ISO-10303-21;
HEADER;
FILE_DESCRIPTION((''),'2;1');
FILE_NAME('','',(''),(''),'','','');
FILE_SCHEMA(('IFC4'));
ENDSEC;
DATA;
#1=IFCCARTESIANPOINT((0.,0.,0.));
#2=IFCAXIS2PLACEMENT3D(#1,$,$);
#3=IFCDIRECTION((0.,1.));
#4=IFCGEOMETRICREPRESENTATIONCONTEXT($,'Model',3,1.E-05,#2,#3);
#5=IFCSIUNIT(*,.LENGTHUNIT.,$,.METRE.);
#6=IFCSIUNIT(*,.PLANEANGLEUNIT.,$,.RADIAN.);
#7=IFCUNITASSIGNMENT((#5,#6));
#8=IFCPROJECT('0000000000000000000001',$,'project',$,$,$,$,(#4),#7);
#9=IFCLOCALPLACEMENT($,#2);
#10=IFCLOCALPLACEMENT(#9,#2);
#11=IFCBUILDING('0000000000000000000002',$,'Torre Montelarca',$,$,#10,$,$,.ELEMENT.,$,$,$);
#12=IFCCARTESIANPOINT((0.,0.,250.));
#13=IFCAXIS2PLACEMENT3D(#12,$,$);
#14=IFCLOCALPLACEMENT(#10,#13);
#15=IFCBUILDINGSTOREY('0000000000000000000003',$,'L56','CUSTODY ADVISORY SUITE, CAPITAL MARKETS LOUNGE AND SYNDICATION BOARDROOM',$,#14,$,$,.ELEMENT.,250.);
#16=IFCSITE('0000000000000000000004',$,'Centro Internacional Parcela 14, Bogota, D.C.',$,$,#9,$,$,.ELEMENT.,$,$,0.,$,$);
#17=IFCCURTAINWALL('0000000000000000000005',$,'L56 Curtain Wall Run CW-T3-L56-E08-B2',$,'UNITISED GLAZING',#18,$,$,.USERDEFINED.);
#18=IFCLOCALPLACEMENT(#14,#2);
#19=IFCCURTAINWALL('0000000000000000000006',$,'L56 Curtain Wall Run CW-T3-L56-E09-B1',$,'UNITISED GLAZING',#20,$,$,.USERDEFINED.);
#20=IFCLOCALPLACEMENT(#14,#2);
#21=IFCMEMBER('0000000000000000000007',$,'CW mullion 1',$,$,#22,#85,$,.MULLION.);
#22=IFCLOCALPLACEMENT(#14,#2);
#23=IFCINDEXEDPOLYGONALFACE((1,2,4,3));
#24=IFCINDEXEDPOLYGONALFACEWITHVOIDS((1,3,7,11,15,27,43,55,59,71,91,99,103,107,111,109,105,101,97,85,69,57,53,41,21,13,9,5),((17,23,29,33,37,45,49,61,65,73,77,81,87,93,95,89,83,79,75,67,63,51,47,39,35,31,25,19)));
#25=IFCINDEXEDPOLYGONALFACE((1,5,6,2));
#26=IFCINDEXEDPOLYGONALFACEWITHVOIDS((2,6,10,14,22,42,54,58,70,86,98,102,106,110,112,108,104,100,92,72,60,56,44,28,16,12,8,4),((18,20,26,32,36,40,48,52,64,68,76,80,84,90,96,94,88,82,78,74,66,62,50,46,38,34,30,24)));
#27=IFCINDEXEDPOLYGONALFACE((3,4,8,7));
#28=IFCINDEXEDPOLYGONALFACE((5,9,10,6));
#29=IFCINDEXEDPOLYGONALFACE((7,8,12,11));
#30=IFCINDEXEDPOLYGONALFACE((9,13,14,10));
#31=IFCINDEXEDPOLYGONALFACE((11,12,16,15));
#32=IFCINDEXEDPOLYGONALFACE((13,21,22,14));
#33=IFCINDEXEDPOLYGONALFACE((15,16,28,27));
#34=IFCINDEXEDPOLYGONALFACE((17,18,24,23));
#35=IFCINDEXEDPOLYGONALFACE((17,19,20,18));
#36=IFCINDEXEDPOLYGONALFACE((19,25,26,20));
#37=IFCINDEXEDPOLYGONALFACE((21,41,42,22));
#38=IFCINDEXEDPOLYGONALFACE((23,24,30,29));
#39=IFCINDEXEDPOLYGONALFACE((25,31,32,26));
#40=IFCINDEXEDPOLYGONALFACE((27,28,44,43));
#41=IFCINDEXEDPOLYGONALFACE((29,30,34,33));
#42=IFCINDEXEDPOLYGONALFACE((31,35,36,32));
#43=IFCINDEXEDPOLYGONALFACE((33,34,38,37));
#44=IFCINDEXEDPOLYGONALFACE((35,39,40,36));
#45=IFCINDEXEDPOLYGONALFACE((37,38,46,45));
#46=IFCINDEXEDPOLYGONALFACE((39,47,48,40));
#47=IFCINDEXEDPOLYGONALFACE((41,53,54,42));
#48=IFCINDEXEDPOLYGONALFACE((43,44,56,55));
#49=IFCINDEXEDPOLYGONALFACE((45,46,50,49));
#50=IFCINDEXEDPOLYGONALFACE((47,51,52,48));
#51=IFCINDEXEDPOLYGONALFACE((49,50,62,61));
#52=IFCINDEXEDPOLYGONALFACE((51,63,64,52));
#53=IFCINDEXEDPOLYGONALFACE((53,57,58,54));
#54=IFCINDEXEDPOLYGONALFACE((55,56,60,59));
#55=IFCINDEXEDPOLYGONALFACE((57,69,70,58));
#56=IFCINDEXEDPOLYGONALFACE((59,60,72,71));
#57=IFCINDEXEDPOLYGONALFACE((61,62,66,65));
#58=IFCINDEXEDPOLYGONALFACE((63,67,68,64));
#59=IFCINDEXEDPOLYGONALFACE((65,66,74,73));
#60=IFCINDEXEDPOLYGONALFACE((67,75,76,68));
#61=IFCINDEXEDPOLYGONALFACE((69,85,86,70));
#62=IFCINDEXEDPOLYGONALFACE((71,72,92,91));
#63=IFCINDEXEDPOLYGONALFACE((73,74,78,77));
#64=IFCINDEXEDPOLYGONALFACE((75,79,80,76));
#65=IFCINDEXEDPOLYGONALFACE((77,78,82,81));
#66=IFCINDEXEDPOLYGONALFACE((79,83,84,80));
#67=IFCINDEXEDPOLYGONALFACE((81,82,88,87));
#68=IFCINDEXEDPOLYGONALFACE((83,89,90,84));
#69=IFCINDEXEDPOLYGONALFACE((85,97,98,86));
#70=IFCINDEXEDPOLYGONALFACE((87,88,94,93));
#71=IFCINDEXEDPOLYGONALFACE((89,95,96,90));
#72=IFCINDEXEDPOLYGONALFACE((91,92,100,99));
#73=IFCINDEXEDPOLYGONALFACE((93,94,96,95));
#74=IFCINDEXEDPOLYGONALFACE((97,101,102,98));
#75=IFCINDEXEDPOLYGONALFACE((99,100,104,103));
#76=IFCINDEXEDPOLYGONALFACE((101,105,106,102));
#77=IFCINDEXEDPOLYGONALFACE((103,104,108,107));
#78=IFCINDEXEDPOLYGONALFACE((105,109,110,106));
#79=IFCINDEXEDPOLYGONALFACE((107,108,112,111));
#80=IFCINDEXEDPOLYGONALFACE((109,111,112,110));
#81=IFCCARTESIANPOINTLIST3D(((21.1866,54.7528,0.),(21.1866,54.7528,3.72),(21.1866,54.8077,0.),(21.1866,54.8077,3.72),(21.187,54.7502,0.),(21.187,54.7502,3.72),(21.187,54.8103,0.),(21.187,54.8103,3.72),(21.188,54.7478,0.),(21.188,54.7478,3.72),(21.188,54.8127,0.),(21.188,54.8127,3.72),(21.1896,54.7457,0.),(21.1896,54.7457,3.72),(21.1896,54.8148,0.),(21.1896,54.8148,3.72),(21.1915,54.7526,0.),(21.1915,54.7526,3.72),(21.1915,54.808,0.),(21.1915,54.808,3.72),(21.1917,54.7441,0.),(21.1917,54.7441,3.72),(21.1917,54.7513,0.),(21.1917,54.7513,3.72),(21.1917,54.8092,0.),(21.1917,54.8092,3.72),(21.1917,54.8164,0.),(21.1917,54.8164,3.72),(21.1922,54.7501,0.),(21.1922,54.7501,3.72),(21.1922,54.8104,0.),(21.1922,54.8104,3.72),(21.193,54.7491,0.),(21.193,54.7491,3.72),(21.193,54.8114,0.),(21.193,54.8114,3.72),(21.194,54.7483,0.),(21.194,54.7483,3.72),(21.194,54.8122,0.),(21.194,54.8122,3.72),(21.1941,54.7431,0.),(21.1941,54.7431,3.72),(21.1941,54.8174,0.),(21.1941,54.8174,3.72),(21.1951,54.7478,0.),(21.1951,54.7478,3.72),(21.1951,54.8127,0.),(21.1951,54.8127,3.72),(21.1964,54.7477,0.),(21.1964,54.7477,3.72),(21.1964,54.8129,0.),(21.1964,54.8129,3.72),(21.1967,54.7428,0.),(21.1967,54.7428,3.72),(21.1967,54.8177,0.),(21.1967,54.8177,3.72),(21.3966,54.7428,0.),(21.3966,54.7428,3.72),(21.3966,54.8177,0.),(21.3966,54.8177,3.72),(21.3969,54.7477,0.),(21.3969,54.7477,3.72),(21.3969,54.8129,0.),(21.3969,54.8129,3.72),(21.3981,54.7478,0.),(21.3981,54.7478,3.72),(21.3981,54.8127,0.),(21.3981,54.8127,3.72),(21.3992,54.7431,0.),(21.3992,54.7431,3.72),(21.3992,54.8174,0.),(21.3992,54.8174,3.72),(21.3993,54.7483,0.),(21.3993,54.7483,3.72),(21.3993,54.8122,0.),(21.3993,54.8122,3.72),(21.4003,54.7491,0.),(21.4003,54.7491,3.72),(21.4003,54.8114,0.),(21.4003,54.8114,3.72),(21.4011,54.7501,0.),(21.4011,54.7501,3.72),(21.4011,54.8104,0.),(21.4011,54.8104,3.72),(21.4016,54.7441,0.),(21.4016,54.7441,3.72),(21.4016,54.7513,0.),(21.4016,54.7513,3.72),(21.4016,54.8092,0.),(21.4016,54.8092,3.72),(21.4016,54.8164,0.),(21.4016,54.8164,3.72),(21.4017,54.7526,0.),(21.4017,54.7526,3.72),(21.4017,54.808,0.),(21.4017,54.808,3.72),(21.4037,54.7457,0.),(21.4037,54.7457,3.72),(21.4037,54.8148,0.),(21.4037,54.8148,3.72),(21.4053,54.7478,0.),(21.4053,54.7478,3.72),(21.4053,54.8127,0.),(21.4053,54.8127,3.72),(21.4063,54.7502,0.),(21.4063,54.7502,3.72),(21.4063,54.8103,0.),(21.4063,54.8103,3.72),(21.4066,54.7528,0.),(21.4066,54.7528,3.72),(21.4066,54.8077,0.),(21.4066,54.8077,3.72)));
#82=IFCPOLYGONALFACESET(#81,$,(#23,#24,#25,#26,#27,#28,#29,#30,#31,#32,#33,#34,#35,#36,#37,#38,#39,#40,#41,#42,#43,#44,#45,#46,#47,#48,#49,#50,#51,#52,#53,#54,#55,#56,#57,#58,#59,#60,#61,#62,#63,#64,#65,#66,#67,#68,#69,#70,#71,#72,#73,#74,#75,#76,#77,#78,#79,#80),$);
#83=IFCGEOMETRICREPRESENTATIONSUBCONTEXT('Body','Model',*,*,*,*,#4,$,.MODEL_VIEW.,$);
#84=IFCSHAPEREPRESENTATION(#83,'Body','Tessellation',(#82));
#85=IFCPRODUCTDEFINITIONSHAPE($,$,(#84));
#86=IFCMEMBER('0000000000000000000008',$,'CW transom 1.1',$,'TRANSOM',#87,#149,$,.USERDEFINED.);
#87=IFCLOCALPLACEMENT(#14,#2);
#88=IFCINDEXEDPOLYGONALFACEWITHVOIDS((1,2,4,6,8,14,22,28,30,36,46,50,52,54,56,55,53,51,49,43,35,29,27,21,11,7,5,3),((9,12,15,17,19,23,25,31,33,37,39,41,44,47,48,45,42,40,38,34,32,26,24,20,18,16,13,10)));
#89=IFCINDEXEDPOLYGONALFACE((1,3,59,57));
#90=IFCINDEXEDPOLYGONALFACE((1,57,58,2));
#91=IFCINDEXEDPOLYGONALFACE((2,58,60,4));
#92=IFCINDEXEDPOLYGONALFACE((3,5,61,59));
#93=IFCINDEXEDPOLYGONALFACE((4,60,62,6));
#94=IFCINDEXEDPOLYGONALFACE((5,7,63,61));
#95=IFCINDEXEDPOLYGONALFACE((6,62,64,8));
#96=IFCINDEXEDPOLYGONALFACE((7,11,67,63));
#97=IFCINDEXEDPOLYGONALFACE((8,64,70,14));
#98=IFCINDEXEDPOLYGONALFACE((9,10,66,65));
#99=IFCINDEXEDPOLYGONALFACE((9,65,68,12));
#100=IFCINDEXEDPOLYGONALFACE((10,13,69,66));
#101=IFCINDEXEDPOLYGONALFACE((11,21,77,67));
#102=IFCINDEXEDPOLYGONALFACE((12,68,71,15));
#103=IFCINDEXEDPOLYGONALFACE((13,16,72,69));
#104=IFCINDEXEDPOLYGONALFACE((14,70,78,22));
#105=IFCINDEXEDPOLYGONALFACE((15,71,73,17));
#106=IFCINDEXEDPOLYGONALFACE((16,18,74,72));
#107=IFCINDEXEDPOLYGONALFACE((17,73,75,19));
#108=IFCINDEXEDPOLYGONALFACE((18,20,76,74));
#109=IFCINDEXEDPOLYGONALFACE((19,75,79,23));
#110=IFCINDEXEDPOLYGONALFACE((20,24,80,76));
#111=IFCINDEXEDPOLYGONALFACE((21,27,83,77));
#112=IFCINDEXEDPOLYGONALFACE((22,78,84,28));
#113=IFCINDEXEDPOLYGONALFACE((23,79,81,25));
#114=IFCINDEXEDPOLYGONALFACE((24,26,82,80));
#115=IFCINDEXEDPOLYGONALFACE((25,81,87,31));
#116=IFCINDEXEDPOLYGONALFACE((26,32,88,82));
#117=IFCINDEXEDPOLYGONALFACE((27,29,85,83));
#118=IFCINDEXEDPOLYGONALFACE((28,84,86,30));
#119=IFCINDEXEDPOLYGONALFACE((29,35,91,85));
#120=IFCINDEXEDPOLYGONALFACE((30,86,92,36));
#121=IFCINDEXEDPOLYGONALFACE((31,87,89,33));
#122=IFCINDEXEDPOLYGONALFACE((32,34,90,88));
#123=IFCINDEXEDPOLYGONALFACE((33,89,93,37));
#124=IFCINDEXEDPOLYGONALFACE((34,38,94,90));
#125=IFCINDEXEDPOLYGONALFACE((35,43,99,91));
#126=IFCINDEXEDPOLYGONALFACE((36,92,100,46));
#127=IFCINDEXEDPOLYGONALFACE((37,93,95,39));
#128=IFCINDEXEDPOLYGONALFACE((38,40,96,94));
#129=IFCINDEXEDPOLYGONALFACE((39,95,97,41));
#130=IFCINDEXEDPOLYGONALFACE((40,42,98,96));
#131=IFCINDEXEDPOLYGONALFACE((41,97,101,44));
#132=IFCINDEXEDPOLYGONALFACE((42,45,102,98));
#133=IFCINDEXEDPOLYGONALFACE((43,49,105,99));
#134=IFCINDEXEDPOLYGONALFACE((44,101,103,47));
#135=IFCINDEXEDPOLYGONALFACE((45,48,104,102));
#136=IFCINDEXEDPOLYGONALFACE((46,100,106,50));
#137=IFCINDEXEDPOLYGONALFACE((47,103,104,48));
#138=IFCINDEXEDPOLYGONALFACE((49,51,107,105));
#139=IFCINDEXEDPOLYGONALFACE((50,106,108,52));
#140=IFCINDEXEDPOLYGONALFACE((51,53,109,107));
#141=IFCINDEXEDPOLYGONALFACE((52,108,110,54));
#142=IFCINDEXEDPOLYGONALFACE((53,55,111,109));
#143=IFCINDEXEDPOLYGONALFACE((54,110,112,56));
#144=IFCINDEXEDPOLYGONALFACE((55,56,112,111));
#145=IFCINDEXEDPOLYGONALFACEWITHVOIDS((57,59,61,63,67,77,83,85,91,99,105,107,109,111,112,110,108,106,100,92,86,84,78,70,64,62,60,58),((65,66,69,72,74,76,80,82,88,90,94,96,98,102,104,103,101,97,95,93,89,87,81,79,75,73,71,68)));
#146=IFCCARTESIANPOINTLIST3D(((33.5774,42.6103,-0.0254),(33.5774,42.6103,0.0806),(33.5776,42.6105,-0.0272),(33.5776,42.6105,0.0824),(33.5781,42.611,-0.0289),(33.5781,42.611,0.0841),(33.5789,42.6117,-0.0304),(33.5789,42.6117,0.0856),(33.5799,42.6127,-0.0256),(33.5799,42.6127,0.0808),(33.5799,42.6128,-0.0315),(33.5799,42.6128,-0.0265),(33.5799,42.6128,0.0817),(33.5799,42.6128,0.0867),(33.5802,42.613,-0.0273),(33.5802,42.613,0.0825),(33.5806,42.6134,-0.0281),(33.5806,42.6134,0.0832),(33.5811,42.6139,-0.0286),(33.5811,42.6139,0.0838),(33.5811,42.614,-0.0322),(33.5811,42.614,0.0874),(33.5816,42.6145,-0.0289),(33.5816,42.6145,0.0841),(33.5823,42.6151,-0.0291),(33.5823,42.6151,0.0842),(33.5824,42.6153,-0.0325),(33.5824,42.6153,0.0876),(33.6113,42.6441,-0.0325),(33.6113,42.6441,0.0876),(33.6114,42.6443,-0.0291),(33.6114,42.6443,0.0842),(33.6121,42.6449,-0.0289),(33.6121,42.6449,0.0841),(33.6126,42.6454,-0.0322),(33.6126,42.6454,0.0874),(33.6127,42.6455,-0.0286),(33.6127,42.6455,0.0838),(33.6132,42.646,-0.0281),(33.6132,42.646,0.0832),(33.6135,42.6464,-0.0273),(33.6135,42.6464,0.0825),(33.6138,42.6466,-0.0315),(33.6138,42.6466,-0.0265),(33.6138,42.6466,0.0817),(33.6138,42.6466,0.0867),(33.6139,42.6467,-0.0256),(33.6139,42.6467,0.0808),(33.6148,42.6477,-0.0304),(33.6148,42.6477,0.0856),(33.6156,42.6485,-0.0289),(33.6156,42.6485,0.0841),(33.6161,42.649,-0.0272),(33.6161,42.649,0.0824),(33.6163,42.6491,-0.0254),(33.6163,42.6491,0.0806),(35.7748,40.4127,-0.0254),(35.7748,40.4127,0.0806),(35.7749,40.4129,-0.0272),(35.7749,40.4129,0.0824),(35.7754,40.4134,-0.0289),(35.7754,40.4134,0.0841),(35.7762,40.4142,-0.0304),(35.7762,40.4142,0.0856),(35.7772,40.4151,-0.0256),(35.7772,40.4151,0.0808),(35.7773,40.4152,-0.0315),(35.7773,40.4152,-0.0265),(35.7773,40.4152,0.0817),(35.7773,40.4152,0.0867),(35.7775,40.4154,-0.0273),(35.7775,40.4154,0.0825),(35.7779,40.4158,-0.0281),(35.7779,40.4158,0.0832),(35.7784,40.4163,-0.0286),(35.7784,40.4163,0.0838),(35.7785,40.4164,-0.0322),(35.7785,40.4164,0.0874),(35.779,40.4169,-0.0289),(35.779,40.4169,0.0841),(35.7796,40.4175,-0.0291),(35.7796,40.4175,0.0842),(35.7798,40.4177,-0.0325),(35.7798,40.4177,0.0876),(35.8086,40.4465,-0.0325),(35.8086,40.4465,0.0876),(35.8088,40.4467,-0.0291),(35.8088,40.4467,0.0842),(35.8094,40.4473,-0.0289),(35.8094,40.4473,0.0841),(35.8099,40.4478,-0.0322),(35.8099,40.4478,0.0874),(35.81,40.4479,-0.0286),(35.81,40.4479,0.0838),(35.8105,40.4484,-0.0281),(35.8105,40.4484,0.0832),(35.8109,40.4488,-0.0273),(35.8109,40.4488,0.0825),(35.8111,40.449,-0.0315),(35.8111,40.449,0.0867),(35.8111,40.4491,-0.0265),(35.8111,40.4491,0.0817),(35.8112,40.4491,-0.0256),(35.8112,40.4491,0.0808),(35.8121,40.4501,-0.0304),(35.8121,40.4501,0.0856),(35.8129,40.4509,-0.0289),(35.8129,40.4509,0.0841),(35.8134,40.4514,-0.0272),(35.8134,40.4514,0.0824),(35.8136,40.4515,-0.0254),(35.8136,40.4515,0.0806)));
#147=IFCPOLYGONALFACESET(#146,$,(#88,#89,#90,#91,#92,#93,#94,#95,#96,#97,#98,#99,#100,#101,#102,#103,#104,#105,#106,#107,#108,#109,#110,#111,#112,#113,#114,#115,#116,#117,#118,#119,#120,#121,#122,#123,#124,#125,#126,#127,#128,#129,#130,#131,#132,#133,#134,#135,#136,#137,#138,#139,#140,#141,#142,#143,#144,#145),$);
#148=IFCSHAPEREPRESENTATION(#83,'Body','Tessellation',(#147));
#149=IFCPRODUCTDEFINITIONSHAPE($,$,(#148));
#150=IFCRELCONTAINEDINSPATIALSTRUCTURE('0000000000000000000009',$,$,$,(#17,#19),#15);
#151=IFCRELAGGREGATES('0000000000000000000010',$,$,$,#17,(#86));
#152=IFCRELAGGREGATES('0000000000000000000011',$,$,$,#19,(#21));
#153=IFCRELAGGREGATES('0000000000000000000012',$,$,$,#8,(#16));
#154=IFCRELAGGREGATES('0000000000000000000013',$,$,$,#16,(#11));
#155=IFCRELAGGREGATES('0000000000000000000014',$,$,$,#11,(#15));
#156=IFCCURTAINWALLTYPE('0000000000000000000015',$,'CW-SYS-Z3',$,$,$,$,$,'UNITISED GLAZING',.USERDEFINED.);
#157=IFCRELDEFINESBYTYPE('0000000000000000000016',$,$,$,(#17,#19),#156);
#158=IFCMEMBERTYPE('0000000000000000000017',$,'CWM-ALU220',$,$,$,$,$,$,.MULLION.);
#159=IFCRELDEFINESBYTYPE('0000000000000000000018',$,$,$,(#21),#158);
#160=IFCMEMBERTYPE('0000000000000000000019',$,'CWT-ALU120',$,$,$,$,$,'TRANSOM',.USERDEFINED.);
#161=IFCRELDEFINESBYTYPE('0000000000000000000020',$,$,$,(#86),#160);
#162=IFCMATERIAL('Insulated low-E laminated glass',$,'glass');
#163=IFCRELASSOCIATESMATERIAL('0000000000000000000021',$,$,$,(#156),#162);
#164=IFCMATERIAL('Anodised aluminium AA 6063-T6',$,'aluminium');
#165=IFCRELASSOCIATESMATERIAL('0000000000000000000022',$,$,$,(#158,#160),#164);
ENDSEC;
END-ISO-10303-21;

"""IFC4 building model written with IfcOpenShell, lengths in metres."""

from ifc_helpers import new_model, si_unit, direction, frame, origin, origin_2d, place, context, subcontext, project, spatial, hollow_rectangle, extrude, source, transform, mapped, material, material_profile, profile_set, type_object, element, aggregate, save


model = new_model("IFC4")

# Units and contexts
model_context = context("Model", 3, precision=1e-05, world=origin(), true_north=direction((0.0, 1.0)))
body_context = subcontext(model_context, "Body", "Model", "MODEL_VIEW")
ifc_project = project(units=[si_unit("LENGTHUNIT", "METRE"), si_unit("PLANEANGLEUNIT", "RADIAN")], contexts=[model_context])

# Site, building, storey
site_placement = place(None, origin())
site = spatial("IfcSite", under=ifc_project, at=site_placement, Name="Centro Internacional Parcela 14, Bogota, D.C.", CompositionType="ELEMENT", RefElevation=0.0)
building_placement = place(site_placement, origin())
building = spatial("IfcBuilding", under=site, at=building_placement, Name="Torre Montelarca", CompositionType="ELEMENT")
storey_placement = place(building_placement, frame((0.0, 0.0, 250.0)))
storey = spatial("IfcBuildingStorey", under=building, at=storey_placement, Name="L56", Description="CUSTODY ADVISORY SUITE, CAPITAL MARKETS LOUNGE AND SYNDICATION BOARDROOM", CompositionType="ELEMENT", Elevation=250.0)

# Curtain wall
ifc_material_1 = material(Name="Insulated low-E laminated glass", Category="glass")
curtain_wall_type = type_object("IfcCurtainWallType", Name="CW-SYS-Z3", ElementType="UNITISED GLAZING", PredefinedType="USERDEFINED", material=ifc_material_1)
curtain_wall_1_placement = place(storey_placement, origin())
curtain_wall_1 = element("IfcCurtainWall", 1, at=curtain_wall_1_placement, inside=storey, type_object=curtain_wall_type, Name="L56 Curtain Wall Run CW-T3-L56-E08-B2", ObjectType="UNITISED GLAZING", PredefinedType="USERDEFINED")
ifc_material_2 = material(Name="Anodised aluminium AA 6063-T6", Category="aluminium")
ifc_material_profile_1 = material_profile(ifc_material_2, hollow_rectangle(XDim=0.075, YDim=0.22, WallThickness=0.0049, InnerFilletRadius=0.0049, OuterFilletRadius=0.01, at=origin_2d()), Name="ALU75X220X5", Category="aluminium")
ifc_profile_set_1 = profile_set([ifc_material_profile_1], Name="Anodised aluminium AA 6063-T6")
member_type_1 = type_object("IfcMemberType", Name="CWM-ALU220", PredefinedType="MULLION", material=ifc_profile_set_1)
shared_shape_1 = source(origin(), body_context, "Body", "SweptSolid", [
    extrude(hollow_rectangle(XDim=0.075, YDim=0.22, WallThickness=0.0049, InnerFilletRadius=0.0049, OuterFilletRadius=0.01, at=origin_2d()), origin(), (0.0, 0.0, 1.0), 3.72),
])

# Curtain wall, member
curtain_wall_2_placement = place(storey_placement, origin())
curtain_wall_2 = element("IfcCurtainWall", 2, at=curtain_wall_2_placement, inside=storey, type_object=curtain_wall_type, Name="L56 Curtain Wall Run CW-T3-L56-E09-B1", ObjectType="UNITISED GLAZING", PredefinedType="USERDEFINED")
member_1_placement = place(storey_placement, frame((21.2966, 54.7803, 0.0), z_axis=(0.0, 0.0, 1.0), x_axis=(0.0, -1.0, 0.0)))
member_1 = element("IfcMember", 3, at=member_1_placement, type_object=member_type_1, Name="CW mullion 1", PredefinedType="MULLION", context=body_context, shape_type="MappedRepresentation", body=[
    mapped(shared_shape_1, transform((0.0, 0.0, 0.0), scale=1.0)),
])

# Member
ifc_material_profile_2 = material_profile(ifc_material_2, hollow_rectangle(XDim=0.0549, YDim=0.1201, WallThickness=0.0034, InnerFilletRadius=0.0034, OuterFilletRadius=0.0071, at=origin_2d()), Name="ALU55X120X3.5", Category="aluminium")
ifc_profile_set_2 = profile_set([ifc_material_profile_2], Name="Anodised aluminium AA 6063-T6")
member_type_2 = type_object("IfcMemberType", Name="CWT-ALU120", ElementType="TRANSOM", PredefinedType="USERDEFINED", material=ifc_profile_set_2)
shared_shape_2 = source(origin(), body_context, "Body", "SweptSolid", [
    extrude(hollow_rectangle(XDim=0.0549, YDim=0.1201, WallThickness=0.0034, InnerFilletRadius=0.0034, OuterFilletRadius=0.0071, at=origin_2d()), origin(), (0.0, 0.0, 1.0), 3.1077),
])
member_2_placement = place(storey_placement, frame((35.7942, 40.4321, 0.0276), z_axis=(-0.707067, 0.707146, 0.0), x_axis=(-0.707146, -0.707067, 0.0)))
member_2 = element("IfcMember", 4, at=member_2_placement, type_object=member_type_2, Name="CW transom 1.1", ObjectType="TRANSOM", PredefinedType="USERDEFINED", context=body_context, shape_type="MappedRepresentation", body=[
    mapped(shared_shape_2, transform((0.0, 0.0, 0.0), scale=1.0)),
])

aggregate(curtain_wall_1, [member_2])
aggregate(curtain_wall_2, [member_1])

save(model, "model.ifc")
